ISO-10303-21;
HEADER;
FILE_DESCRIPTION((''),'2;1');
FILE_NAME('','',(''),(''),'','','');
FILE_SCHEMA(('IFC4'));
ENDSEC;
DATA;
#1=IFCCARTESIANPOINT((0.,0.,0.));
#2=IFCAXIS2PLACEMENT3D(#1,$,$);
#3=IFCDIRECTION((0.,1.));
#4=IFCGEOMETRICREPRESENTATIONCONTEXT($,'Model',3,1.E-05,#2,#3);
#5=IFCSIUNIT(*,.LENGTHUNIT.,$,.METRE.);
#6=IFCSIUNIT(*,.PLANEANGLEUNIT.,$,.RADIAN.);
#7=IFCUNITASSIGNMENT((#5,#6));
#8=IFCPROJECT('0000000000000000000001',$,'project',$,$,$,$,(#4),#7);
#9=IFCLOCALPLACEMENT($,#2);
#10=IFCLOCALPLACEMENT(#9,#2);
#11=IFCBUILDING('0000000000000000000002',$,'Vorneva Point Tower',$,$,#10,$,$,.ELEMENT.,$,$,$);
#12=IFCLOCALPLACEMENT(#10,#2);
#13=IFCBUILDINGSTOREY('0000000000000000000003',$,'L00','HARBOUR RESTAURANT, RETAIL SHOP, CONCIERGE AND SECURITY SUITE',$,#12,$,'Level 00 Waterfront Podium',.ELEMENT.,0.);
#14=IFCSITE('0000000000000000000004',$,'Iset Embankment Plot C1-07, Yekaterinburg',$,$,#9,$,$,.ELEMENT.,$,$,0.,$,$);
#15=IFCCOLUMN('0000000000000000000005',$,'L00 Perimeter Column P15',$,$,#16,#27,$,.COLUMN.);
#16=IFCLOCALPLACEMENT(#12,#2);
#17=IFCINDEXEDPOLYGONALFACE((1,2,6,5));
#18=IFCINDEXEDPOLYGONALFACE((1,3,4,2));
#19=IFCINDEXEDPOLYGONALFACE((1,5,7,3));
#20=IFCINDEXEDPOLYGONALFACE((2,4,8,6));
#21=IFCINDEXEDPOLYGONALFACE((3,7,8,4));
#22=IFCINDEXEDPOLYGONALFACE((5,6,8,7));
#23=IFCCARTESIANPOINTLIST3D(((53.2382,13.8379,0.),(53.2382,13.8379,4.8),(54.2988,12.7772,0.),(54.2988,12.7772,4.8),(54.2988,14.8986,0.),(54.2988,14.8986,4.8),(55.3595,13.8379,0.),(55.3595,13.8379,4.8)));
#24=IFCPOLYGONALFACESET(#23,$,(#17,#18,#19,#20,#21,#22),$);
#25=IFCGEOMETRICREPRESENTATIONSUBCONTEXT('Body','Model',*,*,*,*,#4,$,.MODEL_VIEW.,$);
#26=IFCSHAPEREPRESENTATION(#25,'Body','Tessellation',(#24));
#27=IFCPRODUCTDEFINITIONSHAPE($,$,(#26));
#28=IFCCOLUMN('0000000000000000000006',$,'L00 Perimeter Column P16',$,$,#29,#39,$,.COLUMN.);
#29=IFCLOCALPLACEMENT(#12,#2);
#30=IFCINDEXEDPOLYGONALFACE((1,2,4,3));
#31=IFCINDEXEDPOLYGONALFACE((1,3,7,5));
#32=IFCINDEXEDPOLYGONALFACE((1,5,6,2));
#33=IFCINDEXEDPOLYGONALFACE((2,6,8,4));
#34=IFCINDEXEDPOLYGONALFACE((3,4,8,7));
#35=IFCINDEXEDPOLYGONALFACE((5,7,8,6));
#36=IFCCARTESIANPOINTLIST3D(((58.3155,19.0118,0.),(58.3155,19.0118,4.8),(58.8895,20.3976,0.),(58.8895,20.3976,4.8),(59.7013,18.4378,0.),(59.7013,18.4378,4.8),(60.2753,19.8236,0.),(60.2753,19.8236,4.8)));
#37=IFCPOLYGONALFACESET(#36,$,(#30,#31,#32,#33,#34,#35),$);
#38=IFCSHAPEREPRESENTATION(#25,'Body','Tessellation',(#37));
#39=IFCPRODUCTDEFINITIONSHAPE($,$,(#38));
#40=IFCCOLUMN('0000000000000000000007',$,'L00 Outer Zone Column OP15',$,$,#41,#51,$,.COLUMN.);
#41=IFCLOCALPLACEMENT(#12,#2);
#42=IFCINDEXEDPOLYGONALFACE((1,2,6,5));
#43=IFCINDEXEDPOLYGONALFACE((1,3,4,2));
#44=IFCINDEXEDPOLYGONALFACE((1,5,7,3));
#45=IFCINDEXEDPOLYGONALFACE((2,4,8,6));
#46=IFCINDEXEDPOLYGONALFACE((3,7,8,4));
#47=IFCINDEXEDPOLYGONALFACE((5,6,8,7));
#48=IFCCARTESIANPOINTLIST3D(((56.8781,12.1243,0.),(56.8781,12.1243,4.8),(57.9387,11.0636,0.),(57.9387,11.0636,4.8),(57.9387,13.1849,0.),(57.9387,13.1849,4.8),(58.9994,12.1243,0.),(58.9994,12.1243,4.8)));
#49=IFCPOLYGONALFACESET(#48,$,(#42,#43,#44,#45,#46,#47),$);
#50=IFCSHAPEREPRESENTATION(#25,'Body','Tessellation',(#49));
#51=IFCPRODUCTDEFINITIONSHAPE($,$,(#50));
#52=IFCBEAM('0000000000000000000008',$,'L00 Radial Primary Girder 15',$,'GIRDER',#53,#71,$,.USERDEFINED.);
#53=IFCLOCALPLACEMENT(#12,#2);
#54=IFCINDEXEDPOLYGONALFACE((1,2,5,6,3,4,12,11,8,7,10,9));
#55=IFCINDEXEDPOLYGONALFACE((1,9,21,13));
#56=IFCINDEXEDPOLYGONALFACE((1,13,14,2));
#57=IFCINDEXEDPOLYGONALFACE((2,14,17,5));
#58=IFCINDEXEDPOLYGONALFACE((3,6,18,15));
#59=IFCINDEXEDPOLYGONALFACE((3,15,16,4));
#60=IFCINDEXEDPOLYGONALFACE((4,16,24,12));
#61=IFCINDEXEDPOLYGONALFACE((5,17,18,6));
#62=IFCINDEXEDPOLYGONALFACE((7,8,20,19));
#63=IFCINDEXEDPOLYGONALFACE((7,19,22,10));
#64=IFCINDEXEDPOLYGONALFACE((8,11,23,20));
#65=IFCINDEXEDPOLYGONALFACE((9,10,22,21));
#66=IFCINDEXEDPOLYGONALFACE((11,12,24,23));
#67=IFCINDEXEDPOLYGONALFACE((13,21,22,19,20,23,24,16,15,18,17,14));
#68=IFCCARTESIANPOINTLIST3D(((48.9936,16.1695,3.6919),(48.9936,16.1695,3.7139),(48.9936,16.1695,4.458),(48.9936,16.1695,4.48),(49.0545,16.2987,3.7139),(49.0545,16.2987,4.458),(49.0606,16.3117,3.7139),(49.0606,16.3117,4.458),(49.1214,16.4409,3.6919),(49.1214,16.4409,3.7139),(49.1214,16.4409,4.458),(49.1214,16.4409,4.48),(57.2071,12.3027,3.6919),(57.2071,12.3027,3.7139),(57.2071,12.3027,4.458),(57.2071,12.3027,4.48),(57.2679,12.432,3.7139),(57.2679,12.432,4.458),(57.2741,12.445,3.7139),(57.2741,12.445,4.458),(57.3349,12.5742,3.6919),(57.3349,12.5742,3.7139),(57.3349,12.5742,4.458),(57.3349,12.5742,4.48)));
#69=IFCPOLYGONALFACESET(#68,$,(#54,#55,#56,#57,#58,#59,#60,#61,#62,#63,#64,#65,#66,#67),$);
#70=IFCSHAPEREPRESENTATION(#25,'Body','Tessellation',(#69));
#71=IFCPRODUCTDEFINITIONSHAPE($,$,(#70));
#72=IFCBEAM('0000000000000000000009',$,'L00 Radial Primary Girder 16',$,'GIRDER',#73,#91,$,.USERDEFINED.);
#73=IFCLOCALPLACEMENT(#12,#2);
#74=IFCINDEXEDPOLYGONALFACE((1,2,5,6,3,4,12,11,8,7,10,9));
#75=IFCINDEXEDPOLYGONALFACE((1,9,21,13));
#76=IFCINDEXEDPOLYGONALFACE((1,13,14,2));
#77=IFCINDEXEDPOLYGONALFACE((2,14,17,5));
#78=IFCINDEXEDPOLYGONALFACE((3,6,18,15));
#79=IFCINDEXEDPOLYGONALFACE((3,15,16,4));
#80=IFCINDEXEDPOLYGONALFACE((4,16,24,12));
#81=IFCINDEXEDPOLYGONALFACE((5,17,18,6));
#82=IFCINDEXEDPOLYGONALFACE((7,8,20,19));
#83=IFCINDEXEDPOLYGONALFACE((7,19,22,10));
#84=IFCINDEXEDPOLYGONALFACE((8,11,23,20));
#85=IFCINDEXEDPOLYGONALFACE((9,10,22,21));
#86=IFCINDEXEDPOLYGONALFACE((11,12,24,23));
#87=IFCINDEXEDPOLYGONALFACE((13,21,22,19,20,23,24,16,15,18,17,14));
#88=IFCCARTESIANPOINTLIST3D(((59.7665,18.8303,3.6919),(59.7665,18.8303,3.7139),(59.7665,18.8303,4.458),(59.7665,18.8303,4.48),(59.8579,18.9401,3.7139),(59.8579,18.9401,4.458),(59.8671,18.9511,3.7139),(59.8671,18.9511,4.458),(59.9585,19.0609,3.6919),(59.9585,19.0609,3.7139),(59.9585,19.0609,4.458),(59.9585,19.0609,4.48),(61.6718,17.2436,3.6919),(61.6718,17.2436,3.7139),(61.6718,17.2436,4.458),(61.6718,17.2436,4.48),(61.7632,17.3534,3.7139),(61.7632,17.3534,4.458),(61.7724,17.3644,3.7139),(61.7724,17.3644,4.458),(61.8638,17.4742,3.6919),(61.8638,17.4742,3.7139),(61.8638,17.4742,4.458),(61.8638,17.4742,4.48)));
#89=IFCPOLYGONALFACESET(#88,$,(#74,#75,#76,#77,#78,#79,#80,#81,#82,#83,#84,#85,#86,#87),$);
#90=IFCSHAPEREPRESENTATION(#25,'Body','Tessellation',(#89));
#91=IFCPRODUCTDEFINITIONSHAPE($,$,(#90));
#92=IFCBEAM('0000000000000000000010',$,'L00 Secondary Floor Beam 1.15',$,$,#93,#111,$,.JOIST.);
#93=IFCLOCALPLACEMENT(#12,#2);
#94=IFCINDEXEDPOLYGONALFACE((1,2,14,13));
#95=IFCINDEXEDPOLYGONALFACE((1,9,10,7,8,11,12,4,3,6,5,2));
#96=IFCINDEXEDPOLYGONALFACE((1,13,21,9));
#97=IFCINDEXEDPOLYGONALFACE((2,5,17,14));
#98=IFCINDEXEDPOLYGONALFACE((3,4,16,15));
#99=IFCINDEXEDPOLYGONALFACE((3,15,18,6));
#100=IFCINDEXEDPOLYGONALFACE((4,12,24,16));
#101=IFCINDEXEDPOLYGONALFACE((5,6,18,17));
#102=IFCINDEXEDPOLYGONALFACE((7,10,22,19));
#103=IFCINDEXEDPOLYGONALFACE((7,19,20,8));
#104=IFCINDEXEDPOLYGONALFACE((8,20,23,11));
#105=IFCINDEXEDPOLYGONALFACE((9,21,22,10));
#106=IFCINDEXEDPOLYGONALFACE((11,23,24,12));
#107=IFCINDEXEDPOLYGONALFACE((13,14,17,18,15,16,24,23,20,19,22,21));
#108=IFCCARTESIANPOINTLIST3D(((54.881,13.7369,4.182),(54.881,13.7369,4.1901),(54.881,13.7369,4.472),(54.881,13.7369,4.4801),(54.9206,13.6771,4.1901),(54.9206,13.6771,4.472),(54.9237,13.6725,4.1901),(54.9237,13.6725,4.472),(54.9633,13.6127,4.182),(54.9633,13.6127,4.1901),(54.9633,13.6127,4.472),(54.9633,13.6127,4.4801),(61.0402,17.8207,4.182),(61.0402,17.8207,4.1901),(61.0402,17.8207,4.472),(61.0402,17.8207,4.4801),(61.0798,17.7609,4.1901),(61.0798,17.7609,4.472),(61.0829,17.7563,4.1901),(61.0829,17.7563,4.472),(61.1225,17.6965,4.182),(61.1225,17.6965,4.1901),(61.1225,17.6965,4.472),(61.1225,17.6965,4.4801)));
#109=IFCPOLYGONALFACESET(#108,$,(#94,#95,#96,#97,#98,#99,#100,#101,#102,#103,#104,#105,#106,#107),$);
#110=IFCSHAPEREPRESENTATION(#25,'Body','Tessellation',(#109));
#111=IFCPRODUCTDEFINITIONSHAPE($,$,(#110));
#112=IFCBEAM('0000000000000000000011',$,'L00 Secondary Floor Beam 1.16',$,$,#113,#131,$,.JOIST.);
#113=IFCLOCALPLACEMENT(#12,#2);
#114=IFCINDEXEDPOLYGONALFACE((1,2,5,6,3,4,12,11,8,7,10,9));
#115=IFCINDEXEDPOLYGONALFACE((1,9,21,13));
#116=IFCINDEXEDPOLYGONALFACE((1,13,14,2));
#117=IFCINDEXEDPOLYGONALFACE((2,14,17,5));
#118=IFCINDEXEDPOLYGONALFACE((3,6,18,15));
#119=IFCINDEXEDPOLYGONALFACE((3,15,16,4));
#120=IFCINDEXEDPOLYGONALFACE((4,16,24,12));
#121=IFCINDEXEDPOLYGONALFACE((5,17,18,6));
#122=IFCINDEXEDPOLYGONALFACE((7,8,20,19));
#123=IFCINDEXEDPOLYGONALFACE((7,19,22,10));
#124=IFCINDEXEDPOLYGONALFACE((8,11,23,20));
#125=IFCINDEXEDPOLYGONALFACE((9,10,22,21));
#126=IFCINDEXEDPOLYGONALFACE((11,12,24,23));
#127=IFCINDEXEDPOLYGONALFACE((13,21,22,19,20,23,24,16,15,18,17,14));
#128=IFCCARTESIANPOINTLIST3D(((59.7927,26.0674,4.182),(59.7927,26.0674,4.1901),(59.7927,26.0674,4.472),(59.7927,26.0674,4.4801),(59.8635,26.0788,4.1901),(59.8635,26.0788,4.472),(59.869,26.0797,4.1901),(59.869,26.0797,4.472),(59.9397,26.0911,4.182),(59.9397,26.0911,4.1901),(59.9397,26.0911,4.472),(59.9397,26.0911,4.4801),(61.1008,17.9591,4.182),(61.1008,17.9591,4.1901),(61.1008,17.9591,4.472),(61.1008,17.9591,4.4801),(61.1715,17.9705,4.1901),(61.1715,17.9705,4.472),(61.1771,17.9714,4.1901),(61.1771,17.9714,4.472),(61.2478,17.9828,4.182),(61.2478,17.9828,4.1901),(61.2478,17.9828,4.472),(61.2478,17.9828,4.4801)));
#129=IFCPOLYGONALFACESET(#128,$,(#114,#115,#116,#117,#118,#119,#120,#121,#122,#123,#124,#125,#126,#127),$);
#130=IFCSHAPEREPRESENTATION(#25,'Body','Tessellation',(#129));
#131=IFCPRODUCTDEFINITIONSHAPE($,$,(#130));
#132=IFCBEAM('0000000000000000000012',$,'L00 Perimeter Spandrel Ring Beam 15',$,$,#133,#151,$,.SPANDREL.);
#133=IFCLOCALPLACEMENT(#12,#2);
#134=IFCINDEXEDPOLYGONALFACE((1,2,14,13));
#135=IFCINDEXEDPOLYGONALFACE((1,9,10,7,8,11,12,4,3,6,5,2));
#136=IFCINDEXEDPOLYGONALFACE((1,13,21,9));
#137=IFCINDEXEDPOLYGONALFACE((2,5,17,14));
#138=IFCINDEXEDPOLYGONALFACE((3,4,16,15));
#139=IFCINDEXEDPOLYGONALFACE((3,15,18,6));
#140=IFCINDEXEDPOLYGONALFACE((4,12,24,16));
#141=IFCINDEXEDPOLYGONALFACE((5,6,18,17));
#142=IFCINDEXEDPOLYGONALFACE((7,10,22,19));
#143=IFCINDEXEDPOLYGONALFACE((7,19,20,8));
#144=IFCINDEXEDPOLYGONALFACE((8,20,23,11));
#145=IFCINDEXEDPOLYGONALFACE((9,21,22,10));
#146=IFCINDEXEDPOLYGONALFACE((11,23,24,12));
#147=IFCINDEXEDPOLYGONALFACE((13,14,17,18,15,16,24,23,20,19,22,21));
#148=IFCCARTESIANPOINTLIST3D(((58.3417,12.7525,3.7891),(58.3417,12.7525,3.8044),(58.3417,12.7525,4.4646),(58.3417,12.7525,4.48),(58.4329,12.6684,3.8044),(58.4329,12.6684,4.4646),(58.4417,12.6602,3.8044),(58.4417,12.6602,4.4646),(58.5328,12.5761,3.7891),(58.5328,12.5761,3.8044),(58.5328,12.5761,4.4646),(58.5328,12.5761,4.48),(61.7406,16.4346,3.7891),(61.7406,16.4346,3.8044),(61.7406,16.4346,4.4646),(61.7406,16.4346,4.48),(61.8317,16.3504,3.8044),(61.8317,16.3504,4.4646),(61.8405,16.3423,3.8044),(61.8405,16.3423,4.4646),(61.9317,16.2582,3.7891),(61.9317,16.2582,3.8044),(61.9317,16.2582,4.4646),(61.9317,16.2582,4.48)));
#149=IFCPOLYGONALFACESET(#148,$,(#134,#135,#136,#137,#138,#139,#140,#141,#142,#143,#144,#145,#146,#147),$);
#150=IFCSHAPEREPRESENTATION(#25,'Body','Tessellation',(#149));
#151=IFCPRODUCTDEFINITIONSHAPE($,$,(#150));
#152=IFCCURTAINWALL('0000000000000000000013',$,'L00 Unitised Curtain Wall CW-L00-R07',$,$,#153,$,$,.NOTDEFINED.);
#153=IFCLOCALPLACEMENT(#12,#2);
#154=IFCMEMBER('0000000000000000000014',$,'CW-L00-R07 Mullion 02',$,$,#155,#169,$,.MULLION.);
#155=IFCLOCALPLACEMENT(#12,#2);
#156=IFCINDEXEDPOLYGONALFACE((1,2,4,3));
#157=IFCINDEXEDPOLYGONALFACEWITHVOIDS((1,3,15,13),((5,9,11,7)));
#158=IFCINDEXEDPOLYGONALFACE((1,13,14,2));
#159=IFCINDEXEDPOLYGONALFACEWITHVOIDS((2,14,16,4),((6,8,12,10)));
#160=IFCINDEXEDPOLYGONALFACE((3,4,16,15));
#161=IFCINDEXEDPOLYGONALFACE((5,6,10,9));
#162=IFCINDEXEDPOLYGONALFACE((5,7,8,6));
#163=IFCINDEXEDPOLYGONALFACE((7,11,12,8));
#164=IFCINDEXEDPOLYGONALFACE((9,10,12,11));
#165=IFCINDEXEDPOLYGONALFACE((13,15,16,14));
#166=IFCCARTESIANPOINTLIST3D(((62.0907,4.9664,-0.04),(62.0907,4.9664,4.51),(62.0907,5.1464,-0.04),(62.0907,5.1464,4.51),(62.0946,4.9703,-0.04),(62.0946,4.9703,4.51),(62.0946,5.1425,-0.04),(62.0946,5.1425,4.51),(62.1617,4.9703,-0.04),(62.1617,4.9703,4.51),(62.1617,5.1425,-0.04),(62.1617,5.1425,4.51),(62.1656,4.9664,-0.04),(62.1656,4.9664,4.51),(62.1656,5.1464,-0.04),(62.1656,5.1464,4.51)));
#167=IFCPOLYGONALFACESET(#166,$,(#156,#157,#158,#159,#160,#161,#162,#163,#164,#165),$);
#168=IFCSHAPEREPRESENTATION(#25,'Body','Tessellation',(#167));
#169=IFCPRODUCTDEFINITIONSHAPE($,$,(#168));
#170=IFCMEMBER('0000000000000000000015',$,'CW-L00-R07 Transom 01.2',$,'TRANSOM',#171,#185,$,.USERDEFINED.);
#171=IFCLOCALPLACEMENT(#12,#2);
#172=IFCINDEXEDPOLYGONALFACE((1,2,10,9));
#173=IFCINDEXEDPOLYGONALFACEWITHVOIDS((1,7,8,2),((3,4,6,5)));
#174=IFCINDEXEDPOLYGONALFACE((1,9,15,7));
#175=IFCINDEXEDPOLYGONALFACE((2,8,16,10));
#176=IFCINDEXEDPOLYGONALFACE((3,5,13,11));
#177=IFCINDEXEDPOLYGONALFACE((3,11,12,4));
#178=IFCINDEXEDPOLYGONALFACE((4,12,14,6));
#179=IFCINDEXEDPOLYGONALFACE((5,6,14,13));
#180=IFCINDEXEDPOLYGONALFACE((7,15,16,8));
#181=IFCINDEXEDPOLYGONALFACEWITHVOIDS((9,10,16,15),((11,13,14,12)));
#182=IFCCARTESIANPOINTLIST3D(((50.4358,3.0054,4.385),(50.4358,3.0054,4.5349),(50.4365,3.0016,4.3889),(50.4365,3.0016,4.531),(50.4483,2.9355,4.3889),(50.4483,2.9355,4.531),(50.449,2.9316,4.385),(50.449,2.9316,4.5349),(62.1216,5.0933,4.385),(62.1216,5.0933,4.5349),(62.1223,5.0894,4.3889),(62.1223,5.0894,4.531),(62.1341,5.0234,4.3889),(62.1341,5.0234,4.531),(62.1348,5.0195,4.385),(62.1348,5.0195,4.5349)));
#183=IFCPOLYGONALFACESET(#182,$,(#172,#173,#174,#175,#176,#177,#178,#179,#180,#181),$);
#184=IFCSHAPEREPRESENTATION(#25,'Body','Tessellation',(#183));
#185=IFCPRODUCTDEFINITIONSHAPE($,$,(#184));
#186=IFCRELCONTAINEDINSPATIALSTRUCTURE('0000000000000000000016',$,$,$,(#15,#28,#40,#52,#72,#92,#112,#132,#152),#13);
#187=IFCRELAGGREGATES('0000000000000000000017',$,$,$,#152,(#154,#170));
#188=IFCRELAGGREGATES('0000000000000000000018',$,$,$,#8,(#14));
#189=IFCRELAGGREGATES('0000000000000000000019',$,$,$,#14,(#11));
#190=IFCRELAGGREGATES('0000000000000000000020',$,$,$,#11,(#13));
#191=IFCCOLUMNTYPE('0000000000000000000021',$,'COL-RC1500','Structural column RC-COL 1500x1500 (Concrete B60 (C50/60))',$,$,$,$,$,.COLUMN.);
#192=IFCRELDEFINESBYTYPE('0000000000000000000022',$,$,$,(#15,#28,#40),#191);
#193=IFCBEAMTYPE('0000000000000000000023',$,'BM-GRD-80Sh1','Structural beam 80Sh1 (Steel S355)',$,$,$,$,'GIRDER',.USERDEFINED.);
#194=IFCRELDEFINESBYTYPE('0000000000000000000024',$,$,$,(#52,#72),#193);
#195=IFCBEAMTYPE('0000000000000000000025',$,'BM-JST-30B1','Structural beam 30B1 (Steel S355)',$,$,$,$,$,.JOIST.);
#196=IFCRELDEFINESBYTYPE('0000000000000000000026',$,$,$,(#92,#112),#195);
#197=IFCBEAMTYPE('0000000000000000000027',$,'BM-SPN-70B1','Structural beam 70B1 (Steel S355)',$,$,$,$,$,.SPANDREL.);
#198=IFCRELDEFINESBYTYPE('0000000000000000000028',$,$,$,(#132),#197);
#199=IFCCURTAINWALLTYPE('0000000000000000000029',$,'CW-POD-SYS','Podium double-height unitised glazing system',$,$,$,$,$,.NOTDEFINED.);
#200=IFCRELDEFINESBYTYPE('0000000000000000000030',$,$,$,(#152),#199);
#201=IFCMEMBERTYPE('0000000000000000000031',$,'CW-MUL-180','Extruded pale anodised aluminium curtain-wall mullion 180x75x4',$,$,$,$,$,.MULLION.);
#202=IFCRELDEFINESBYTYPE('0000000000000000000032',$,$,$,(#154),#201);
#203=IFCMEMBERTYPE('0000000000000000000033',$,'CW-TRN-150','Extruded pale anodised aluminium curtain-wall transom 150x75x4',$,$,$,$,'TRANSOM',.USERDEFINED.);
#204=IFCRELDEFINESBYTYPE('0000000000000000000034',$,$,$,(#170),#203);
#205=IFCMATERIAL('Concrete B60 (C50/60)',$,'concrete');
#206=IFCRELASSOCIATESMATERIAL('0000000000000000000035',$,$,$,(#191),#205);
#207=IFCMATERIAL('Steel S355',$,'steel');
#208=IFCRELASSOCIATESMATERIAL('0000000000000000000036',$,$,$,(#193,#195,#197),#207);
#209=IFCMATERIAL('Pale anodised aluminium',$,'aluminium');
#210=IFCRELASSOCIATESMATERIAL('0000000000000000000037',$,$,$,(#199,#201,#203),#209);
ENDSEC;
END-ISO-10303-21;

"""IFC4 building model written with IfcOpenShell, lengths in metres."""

from ifc_helpers import new_model, si_unit, direction, frame, origin, origin_2d, place, context, subcontext, project, spatial, rectangle, hollow_rectangle, i_section, extrude, material, material_profile, profile_set, type_object, element, aggregate, save


model = new_model("IFC4")

# Units and contexts
model_context = context("Model", 3, precision=1e-05, world=origin(), true_north=direction((0.0, 1.0)))
body_context = subcontext(model_context, "Body", "Model", "MODEL_VIEW")
ifc_project = project(units=[si_unit("LENGTHUNIT", "METRE"), si_unit("PLANEANGLEUNIT", "RADIAN")], contexts=[model_context])

# Site, building, storey
site_placement = place(None, origin())
site = spatial("IfcSite", under=ifc_project, at=site_placement, Name="Iset Embankment Plot C1-07, Yekaterinburg", CompositionType="ELEMENT", RefElevation=0.0)
building_placement = place(site_placement, origin())
building = spatial("IfcBuilding", under=site, at=building_placement, Name="Vorneva Point Tower", CompositionType="ELEMENT")
storey_placement = place(building_placement, origin())
storey = spatial("IfcBuildingStorey", under=building, at=storey_placement, Name="L00", Description="HARBOUR RESTAURANT, RETAIL SHOP, CONCIERGE AND SECURITY SUITE", LongName="Level 00 Waterfront Podium", CompositionType="ELEMENT", Elevation=0.0)

# Columns
ifc_material_1 = material(Name="Concrete B60 (C50/60)", Category="concrete")
ifc_material_profile_1 = material_profile(ifc_material_1, rectangle(XDim=1.5, YDim=1.5, at=origin_2d()), Name="RC-COL 1500x1500")
ifc_profile_set_1 = profile_set([ifc_material_profile_1], Name="Concrete B60 (C50/60)")
column_type = type_object("IfcColumnType", Name="COL-RC1500", Description="Structural column RC-COL 1500x1500 (Concrete B60 (C50/60))", PredefinedType="COLUMN", material=ifc_profile_set_1)
for number, where, z_axis, x_axis, name in (
    (1, (54.2988, 13.8379, 0.0), (0.0, 0.0, 1.0), (0.707107, -0.707107, 0.0), "L00 Perimeter Column P15"),
    (2, (59.2954, 19.4177, 0.0), (0.0, 0.0, 1.0), (0.92388, -0.382683, 0.0), "L00 Perimeter Column P16"),
    (3, (57.9387, 12.1243, 0.0), (0.0, 0.0, 1.0), (0.707107, -0.707107, 0.0), "L00 Outer Zone Column OP15"),
):
    element("IfcColumn", number, at=place(storey_placement, frame(where, z_axis=z_axis, x_axis=x_axis)), inside=storey, type_object=column_type, Name=name, PredefinedType="COLUMN", context=body_context, shape_type="SweptSolid", body=[
        extrude(rectangle(XDim=1.5, YDim=1.5, at=origin_2d()), origin(), (0.0, 0.0, 1.0), 4.8),
    ])

# Beams
ifc_material_2 = material(Name="Steel S355", Category="steel")
ifc_material_profile_2 = material_profile(ifc_material_2, i_section(OverallWidth=0.3, OverallDepth=0.7881, WebThickness=0.0144, FlangeThickness=0.022, at=origin_2d()), Name="80Sh1")
ifc_profile_set_2 = profile_set([ifc_material_profile_2], Name="Steel S355")
beam_type_1 = type_object("IfcBeamType", Name="BM-GRD-80Sh1", Description="Structural beam 80Sh1 (Steel S355)", ElementType="GIRDER", PredefinedType="USERDEFINED", material=ifc_profile_set_2)
beam_1_placement = place(storey_placement, frame((57.271, 12.4385, 4.0859), z_axis=(-0.904752, 0.425939, 0.0), x_axis=(-0.425939, -0.904752, 0.0)))
element("IfcBeam", 4, at=beam_1_placement, inside=storey, type_object=beam_type_1, Name="L00 Radial Primary Girder 15", ObjectType="GIRDER", PredefinedType="USERDEFINED", context=body_context, shape_type="SweptSolid", body=[
    extrude(i_section(OverallWidth=0.3, OverallDepth=0.7881, WebThickness=0.0144, FlangeThickness=0.022, at=origin_2d()), origin(), (0.0, 0.0, 1.0), 9.0781),
])
beam_2_placement = place(storey_placement, frame((61.7678, 17.3589, 4.0859), z_axis=(-0.768431, 0.639933, 0.0), x_axis=(-0.639933, -0.768431, 0.0)))
element("IfcBeam", 5, at=beam_2_placement, inside=storey, type_object=beam_type_1, Name="L00 Radial Primary Girder 16", ObjectType="GIRDER", PredefinedType="USERDEFINED", context=body_context, shape_type="SweptSolid", body=[
    extrude(i_section(OverallWidth=0.3, OverallDepth=0.7881, WebThickness=0.0144, FlangeThickness=0.022, at=origin_2d()), origin(), (0.0, 0.0, 1.0), 2.4795),
])
ifc_material_profile_3 = material_profile(ifc_material_2, i_section(OverallWidth=0.1489, OverallDepth=0.2981, WebThickness=0.0056, FlangeThickness=0.0081, at=origin_2d()), Name="30B1")
ifc_profile_set_3 = profile_set([ifc_material_profile_3], Name="Steel S355")
beam_type_2 = type_object("IfcBeamType", Name="BM-JST-30B1", Description="Structural beam 30B1 (Steel S355)", PredefinedType="JOIST", material=ifc_profile_set_3)
beam_3_placement = place(storey_placement, frame((54.9221, 13.6748, 4.3311), z_axis=(0.833445, 0.552602, 0.0), x_axis=(-0.552602, 0.833445, 0.0)))
element("IfcBeam", 6, at=beam_3_placement, inside=storey, type_object=beam_type_2, Name="L00 Secondary Floor Beam 1.15", PredefinedType="JOIST", context=body_context, shape_type="SweptSolid", body=[
    extrude(i_section(OverallWidth=0.1489, OverallDepth=0.2981, WebThickness=0.0056, FlangeThickness=0.0081, at=origin_2d()), origin(), (0.0, 0.0, 1.0), 7.3901),
])
beam_4_placement = place(storey_placement, frame((61.1743, 17.9709, 4.3311), z_axis=(-0.159268, 0.987235, 0.0), x_axis=(-0.987235, -0.159268, 0.0)))
element("IfcBeam", 7, at=beam_4_placement, inside=storey, type_object=beam_type_2, Name="L00 Secondary Floor Beam 1.16", PredefinedType="JOIST", context=body_context, shape_type="SweptSolid", body=[
    extrude(i_section(OverallWidth=0.1489, OverallDepth=0.2981, WebThickness=0.0056, FlangeThickness=0.0081, at=origin_2d()), origin(), (0.0, 0.0, 1.0), 8.2131),
])
ifc_material_profile_4 = material_profile(ifc_material_2, i_section(OverallWidth=0.26, OverallDepth=0.6909, WebThickness=0.012, FlangeThickness=0.0154, at=origin_2d()), Name="70B1")
ifc_profile_set_4 = profile_set([ifc_material_profile_4], Name="Steel S355")
beam_type_3 = type_object("IfcBeamType", Name="BM-SPN-70B1", Description="Structural beam 70B1 (Steel S355)", PredefinedType="SPANDREL", material=ifc_profile_set_4)
beam_5_placement = place(storey_placement, frame((58.4373, 12.6643, 4.1345), z_axis=(0.678284, 0.7348, 0.0), x_axis=(-0.7348, 0.678284, 0.0)))
element("IfcBeam", 8, at=beam_5_placement, inside=storey, type_object=beam_type_3, Name="L00 Perimeter Spandrel Ring Beam 15", PredefinedType="SPANDREL", context=body_context, shape_type="SweptSolid", body=[
    extrude(i_section(OverallWidth=0.26, OverallDepth=0.6909, WebThickness=0.012, FlangeThickness=0.0154, at=origin_2d()), origin(), (0.0, 0.0, 1.0), 5.011),
])

# Curtain wall, members
ifc_material_3 = material(Name="Pale anodised aluminium", Category="aluminium")
curtain_wall_type = type_object("IfcCurtainWallType", Name="CW-POD-SYS", Description="Podium double-height unitised glazing system", PredefinedType="NOTDEFINED", material=ifc_material_3)
curtain_wall_placement = place(storey_placement, origin())
curtain_wall = element("IfcCurtainWall", 9, at=curtain_wall_placement, inside=storey, type_object=curtain_wall_type, Name="L00 Unitised Curtain Wall CW-L00-R07", PredefinedType="NOTDEFINED")
ifc_material_profile_5 = material_profile(ifc_material_3, hollow_rectangle(XDim=0.075, YDim=0.1799, WallThickness=0.0039, at=origin_2d()), Name="AL-MUL 180x75x4")
ifc_profile_set_5 = profile_set([ifc_material_profile_5], Name="Pale anodised aluminium")
member_type_1 = type_object("IfcMemberType", Name="CW-MUL-180", Description="Extruded pale anodised aluminium curtain-wall mullion 180x75x4", PredefinedType="MULLION", material=ifc_profile_set_5)
member_1_placement = place(storey_placement, frame((62.1282, 5.0564, -0.04), z_axis=(0.0, 0.0, 1.0), x_axis=(1.0, 0.0, 0.0)))
member_1 = element("IfcMember", 10, at=member_1_placement, type_object=member_type_1, Name="CW-L00-R07 Mullion 02", PredefinedType="MULLION", context=body_context, shape_type="SweptSolid", body=[
    extrude(hollow_rectangle(XDim=0.075, YDim=0.1799, WallThickness=0.0039, at=origin_2d()), origin(), (0.0, 0.0, 1.0), 4.55),
])
ifc_material_profile_6 = material_profile(ifc_material_3, hollow_rectangle(XDim=0.075, YDim=0.1499, WallThickness=0.0039, at=origin_2d()), Name="AL-TRN 150x75x4")
ifc_profile_set_6 = profile_set([ifc_material_profile_6], Name="Pale anodised aluminium")
member_type_2 = type_object("IfcMemberType", Name="CW-TRN-150", Description="Extruded pale anodised aluminium curtain-wall transom 150x75x4", ElementType="TRANSOM", PredefinedType="USERDEFINED", material=ifc_profile_set_6)
member_2_placement = place(storey_placement, frame((50.4424, 2.9685, 4.46), z_axis=(0.984411, 0.175884, 0.0), x_axis=(-0.175884, 0.984411, 0.0)))
member_2 = element("IfcMember", 11, at=member_2_placement, type_object=member_type_2, Name="CW-L00-R07 Transom 01.2", ObjectType="TRANSOM", PredefinedType="USERDEFINED", context=body_context, shape_type="SweptSolid", body=[
    extrude(hollow_rectangle(XDim=0.075, YDim=0.1499, WallThickness=0.0039, at=origin_2d()), origin(), (0.0, 0.0, 1.0), 11.8708),
])

aggregate(curtain_wall, [member_1, member_2])

save(model, "model.ifc")
